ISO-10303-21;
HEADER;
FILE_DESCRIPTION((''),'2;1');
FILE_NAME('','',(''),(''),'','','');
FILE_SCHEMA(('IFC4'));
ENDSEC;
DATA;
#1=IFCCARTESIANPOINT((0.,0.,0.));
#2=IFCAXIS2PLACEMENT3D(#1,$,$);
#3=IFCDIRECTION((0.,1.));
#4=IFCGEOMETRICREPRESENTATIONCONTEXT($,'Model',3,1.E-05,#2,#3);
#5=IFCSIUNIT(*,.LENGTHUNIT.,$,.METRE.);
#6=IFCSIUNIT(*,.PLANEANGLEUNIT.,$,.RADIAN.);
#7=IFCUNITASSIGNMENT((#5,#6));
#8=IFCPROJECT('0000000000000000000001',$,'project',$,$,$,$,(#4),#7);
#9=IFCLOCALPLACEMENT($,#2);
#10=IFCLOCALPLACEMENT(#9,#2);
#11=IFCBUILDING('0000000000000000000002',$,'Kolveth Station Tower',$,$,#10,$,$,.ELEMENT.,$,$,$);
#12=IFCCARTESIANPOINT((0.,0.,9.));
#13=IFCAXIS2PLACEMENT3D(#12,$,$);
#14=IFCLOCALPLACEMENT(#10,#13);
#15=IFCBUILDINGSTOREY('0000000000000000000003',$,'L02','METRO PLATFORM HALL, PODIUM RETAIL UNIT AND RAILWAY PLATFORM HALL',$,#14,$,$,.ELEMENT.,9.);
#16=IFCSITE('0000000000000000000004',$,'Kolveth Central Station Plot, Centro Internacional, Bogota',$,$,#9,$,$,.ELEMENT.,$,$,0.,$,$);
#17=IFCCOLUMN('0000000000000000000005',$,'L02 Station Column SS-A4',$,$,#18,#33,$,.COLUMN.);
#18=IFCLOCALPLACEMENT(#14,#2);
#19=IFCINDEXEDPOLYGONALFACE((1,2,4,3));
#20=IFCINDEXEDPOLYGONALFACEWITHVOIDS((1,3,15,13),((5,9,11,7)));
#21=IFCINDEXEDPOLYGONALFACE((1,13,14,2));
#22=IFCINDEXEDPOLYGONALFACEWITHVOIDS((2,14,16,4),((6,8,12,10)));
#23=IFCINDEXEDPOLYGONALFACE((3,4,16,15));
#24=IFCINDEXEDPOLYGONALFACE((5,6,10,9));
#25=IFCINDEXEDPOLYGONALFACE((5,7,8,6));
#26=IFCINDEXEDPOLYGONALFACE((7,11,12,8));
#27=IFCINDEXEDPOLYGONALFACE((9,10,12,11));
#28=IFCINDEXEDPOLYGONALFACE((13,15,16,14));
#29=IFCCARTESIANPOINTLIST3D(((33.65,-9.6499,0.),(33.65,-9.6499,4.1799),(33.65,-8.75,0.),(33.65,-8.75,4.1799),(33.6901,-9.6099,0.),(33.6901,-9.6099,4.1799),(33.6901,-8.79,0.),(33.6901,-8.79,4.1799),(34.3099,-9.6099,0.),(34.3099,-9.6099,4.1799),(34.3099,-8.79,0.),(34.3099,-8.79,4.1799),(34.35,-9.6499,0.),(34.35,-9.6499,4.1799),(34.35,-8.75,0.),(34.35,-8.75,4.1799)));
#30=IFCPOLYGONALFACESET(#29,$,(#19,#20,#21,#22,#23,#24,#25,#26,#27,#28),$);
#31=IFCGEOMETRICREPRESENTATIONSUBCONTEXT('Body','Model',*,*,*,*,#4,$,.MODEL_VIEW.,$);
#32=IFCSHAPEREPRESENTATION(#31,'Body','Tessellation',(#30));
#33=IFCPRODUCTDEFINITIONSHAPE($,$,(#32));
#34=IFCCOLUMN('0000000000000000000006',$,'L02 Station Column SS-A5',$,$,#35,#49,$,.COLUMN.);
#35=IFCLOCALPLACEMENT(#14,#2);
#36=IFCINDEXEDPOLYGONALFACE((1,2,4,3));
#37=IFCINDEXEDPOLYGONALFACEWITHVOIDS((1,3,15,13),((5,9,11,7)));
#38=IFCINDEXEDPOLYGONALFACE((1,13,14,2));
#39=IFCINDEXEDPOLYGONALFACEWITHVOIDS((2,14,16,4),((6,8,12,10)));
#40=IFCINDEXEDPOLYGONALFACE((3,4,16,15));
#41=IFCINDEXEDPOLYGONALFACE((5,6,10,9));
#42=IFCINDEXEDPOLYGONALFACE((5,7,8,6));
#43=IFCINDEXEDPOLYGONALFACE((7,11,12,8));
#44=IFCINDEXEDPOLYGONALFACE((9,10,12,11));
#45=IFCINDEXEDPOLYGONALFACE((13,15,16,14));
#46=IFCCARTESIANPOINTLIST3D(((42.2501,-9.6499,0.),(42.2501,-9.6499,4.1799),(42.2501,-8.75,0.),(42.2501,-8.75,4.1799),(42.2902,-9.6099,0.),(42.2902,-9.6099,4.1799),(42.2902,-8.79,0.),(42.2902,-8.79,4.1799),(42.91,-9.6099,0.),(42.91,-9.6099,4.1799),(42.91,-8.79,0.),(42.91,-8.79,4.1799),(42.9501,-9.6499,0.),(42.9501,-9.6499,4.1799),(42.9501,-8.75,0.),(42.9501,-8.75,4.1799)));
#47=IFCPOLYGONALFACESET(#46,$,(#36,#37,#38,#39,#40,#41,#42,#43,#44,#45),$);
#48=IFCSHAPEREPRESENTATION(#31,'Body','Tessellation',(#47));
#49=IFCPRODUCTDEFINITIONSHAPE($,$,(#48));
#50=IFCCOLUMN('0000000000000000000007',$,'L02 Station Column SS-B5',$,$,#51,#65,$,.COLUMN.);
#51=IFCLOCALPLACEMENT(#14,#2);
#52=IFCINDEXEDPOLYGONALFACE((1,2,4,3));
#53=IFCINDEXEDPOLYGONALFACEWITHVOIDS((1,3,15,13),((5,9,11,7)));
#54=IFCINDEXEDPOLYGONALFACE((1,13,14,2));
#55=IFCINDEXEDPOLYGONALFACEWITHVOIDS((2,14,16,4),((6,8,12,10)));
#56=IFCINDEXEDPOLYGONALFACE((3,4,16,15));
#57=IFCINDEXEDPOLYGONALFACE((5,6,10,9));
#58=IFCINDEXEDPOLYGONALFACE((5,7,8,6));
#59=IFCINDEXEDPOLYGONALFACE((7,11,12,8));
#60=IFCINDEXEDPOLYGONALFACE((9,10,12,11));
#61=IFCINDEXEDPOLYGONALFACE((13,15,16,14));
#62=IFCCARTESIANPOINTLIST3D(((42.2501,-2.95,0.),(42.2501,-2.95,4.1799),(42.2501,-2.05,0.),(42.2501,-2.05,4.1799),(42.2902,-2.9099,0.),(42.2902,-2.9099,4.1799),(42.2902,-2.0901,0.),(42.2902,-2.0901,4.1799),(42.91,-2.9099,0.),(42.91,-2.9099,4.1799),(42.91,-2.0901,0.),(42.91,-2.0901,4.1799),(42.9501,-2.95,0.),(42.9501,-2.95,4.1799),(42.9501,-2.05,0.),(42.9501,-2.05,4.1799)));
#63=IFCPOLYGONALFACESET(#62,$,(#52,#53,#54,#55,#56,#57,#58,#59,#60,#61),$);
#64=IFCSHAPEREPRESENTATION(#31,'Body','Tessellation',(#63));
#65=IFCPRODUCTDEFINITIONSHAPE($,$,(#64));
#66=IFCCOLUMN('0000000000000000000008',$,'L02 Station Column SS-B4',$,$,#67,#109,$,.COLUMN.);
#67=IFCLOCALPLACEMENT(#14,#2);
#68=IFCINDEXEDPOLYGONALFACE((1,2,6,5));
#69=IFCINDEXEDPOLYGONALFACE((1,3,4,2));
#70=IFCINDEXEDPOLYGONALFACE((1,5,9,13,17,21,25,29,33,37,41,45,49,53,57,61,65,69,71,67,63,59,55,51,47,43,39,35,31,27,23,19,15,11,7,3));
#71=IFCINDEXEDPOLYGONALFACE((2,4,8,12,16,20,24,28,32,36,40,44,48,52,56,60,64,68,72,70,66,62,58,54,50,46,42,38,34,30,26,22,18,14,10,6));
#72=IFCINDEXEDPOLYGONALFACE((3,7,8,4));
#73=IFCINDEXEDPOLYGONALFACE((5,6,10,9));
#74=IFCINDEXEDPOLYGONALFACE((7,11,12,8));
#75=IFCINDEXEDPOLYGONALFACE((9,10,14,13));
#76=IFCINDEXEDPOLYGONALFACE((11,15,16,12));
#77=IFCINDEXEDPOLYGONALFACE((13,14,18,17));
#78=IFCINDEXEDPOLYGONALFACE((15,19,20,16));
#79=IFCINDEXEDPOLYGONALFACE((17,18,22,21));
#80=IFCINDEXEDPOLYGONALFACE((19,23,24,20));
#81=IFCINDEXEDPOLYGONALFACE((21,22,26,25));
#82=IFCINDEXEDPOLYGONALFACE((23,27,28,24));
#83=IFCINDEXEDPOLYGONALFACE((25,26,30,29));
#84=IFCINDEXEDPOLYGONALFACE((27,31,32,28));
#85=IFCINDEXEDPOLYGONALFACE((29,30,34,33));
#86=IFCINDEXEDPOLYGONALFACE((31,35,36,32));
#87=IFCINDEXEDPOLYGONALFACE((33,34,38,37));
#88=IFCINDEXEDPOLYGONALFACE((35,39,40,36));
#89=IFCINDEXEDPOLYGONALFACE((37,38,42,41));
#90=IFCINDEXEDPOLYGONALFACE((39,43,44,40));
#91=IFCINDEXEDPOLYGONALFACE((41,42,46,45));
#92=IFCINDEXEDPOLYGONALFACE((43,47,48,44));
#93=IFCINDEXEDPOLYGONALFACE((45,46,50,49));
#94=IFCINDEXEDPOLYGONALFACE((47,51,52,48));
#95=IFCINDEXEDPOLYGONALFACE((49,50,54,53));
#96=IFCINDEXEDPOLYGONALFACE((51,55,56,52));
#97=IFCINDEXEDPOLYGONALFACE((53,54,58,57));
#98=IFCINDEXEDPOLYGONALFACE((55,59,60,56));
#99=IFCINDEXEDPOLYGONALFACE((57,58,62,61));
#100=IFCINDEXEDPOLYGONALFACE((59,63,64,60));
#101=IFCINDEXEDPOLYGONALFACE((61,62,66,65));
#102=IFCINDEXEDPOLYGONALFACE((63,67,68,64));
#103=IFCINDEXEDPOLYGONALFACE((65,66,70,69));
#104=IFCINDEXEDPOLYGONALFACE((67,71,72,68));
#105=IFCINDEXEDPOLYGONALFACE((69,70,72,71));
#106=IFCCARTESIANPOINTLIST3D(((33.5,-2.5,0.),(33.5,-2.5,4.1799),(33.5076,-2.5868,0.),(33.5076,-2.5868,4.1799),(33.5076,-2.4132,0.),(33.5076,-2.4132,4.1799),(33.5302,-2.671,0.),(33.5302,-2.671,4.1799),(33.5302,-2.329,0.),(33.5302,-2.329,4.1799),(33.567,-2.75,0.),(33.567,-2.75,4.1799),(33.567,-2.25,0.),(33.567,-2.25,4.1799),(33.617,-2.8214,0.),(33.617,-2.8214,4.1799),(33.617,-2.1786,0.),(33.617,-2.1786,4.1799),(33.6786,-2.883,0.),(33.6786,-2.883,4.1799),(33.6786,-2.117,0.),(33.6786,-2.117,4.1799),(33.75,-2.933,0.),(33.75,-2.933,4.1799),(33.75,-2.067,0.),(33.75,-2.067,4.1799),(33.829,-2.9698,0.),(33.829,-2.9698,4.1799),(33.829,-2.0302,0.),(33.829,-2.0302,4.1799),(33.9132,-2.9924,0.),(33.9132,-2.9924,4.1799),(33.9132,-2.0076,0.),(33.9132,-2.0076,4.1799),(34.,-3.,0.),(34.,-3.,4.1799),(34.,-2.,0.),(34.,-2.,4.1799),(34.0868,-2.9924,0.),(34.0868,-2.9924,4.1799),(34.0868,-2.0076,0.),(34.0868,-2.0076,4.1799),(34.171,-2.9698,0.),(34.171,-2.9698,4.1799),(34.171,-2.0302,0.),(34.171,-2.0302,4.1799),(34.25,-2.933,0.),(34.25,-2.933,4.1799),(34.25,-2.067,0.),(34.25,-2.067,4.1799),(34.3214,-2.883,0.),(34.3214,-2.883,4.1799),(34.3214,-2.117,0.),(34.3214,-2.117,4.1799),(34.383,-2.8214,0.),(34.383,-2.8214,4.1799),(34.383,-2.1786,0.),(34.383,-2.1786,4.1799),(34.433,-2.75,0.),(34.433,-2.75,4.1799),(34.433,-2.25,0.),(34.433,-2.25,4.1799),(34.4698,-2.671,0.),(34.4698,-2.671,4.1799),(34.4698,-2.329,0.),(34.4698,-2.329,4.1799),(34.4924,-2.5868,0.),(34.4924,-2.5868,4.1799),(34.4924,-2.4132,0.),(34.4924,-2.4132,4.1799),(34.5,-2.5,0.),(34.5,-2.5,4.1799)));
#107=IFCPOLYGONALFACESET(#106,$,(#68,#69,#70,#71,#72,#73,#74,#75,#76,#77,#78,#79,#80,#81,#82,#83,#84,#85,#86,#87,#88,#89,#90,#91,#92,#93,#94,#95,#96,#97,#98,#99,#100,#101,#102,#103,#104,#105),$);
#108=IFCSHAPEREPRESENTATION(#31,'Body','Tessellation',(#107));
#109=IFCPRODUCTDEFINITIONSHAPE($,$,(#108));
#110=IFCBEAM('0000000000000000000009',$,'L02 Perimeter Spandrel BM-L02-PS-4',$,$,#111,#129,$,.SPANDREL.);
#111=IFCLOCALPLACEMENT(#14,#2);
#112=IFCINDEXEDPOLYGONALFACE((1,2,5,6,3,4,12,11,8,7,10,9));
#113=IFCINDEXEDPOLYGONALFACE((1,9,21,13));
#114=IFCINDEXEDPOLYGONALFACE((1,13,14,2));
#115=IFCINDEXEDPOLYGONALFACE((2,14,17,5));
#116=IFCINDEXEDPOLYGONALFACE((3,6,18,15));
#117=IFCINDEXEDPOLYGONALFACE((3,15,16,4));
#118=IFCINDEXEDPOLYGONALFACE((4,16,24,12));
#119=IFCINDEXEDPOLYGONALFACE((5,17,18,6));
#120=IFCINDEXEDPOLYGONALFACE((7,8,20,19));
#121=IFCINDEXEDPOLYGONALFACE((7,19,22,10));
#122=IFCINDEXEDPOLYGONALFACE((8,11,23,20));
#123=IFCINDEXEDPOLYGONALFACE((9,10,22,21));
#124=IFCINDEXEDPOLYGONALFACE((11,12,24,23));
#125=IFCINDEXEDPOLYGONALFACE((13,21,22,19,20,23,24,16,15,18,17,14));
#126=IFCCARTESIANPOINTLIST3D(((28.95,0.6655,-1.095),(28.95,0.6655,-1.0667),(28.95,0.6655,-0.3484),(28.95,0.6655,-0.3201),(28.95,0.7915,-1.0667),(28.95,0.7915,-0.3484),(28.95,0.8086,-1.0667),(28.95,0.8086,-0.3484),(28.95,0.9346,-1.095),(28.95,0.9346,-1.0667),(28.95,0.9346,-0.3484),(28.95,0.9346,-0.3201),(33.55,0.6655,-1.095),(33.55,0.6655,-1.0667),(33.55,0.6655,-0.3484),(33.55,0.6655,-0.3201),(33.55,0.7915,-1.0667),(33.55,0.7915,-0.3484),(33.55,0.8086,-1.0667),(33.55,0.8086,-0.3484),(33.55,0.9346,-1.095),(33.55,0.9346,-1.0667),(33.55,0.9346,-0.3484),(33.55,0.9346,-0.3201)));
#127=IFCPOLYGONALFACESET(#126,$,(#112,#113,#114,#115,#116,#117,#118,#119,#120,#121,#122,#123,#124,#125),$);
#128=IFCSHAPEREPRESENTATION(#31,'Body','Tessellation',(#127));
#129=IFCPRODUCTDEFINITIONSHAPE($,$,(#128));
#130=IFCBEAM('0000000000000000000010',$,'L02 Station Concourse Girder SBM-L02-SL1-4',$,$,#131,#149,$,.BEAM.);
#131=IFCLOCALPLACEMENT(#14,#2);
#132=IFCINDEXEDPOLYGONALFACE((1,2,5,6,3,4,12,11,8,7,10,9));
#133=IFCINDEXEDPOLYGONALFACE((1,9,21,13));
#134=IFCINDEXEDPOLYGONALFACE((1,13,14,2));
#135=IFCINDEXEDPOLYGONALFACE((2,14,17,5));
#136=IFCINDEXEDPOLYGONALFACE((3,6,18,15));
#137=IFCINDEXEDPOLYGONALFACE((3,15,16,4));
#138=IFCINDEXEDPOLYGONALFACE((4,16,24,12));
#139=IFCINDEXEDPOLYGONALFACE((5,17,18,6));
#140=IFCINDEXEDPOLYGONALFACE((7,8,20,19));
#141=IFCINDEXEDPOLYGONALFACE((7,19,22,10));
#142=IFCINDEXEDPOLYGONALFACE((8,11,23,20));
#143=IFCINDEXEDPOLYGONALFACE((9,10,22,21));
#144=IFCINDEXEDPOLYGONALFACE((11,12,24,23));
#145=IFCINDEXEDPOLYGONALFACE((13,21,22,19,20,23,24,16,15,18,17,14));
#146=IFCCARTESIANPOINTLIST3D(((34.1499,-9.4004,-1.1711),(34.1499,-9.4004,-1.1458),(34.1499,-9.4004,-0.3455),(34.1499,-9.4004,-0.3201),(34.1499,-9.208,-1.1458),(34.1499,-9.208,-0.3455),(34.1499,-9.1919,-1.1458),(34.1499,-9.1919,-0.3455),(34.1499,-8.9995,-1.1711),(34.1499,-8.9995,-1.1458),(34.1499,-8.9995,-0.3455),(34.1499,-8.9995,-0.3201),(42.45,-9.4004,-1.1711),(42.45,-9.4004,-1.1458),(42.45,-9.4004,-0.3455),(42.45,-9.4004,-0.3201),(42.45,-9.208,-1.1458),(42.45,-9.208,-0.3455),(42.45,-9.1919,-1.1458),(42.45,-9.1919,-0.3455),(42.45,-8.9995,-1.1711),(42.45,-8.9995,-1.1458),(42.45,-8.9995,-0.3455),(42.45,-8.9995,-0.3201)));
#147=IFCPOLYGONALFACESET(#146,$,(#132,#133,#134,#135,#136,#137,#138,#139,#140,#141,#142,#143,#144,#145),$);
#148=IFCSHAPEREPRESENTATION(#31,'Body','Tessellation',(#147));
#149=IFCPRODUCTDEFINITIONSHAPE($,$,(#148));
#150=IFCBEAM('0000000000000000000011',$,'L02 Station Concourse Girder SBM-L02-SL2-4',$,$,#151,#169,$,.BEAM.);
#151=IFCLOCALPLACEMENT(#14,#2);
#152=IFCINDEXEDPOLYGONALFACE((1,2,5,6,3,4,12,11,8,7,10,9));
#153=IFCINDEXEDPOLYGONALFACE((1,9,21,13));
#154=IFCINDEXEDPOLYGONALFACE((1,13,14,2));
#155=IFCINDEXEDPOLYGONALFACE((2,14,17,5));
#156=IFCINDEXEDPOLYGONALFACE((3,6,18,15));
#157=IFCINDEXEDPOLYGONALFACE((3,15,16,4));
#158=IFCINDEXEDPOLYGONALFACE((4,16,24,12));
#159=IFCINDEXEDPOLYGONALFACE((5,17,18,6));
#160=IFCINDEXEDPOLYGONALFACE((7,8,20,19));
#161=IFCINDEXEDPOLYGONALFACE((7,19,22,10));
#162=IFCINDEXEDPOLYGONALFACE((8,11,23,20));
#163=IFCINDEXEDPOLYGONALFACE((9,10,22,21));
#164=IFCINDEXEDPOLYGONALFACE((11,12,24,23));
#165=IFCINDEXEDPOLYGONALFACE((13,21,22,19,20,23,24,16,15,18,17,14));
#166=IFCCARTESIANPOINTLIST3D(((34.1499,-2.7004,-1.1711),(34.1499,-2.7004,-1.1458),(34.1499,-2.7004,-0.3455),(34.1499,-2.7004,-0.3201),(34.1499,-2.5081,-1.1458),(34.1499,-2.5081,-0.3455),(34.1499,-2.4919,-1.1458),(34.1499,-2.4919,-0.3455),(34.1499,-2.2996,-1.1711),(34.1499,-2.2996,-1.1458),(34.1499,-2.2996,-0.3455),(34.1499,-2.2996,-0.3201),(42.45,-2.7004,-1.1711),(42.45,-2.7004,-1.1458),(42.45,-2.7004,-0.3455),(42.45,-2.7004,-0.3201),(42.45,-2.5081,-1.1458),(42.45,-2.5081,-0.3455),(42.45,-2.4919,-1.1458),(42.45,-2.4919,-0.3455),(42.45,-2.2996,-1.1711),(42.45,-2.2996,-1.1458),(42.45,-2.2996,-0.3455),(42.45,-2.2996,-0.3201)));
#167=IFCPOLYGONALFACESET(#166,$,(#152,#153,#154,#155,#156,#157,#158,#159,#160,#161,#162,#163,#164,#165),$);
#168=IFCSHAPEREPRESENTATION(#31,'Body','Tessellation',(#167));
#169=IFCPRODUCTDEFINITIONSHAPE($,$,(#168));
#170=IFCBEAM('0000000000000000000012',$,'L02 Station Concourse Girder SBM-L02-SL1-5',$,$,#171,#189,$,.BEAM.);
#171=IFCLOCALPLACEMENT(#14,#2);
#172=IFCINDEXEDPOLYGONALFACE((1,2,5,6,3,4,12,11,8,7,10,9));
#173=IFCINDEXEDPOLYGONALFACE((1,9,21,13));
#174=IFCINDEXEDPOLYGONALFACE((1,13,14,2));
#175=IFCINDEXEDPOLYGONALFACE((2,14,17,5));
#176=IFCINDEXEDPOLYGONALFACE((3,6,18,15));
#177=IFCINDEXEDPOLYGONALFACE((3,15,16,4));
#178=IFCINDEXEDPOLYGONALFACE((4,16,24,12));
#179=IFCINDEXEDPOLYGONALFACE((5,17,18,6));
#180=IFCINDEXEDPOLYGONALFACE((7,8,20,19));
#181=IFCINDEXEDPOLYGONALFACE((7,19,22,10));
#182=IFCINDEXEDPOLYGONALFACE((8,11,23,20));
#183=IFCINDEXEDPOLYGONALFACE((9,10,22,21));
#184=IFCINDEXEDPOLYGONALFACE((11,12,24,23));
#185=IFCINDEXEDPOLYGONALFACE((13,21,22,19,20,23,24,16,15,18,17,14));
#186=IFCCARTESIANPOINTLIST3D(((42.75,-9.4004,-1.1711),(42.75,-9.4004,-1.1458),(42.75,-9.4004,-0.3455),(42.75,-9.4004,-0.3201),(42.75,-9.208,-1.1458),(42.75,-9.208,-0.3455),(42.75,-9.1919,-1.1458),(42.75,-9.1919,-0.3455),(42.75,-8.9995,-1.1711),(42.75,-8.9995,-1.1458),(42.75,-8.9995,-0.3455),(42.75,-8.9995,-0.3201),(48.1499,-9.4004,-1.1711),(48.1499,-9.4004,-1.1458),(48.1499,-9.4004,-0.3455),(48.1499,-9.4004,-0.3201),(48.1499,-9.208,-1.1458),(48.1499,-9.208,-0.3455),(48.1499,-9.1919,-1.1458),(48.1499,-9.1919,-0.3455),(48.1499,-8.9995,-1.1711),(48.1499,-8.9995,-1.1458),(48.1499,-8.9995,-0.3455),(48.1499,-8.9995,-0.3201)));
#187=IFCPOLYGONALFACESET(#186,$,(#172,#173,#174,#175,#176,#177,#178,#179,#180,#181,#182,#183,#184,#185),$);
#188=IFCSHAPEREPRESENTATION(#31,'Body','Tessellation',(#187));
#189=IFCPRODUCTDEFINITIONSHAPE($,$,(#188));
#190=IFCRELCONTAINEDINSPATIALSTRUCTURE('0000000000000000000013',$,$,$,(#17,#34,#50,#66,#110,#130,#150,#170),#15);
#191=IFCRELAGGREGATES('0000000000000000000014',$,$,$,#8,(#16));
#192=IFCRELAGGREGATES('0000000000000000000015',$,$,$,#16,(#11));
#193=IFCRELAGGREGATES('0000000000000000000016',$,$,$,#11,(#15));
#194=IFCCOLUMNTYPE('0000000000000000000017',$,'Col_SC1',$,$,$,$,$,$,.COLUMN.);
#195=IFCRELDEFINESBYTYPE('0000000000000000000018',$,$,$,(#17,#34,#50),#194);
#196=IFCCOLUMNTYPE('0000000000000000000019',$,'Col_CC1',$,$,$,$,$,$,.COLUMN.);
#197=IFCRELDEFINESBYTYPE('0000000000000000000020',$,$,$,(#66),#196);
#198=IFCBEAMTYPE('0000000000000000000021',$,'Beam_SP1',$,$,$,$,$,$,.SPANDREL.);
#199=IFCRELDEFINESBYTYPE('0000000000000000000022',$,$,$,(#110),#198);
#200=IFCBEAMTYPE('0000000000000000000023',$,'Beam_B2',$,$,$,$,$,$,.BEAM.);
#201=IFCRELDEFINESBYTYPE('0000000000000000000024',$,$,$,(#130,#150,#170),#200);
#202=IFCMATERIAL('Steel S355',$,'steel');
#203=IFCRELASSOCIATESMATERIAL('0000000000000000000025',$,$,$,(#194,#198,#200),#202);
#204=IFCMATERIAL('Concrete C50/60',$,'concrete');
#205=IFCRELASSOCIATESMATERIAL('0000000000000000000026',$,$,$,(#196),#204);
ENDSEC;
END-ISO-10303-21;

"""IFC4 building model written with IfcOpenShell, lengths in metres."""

from ifc_helpers import new_model, si_unit, direction, frame, origin, origin_2d, place, context, subcontext, project, spatial, hollow_rectangle, circle, i_section, extrude, source, transform, mapped, material, material_profile, profile_set, type_object, element, save


model = new_model("IFC4")

# Units and contexts
model_context = context("Model", 3, precision=1e-05, world=origin(), true_north=direction((0.0, 1.0)))
body_context = subcontext(model_context, "Body", "Model", "MODEL_VIEW")
ifc_project = project(units=[si_unit("LENGTHUNIT", "METRE"), si_unit("PLANEANGLEUNIT", "RADIAN")], contexts=[model_context])

# Site, building, storey
site_placement = place(None, origin())
site = spatial("IfcSite", under=ifc_project, at=site_placement, Name="Kolveth Central Station Plot, Centro Internacional, Bogota", CompositionType="ELEMENT", RefElevation=0.0)
building_placement = place(site_placement, origin())
building = spatial("IfcBuilding", under=site, at=building_placement, Name="Kolveth Station Tower", CompositionType="ELEMENT")
storey_placement = place(building_placement, frame((0.0, 0.0, 9.0)))
storey = spatial("IfcBuildingStorey", under=building, at=storey_placement, Name="L02", Description="METRO PLATFORM HALL, PODIUM RETAIL UNIT AND RAILWAY PLATFORM HALL", CompositionType="ELEMENT", Elevation=9.0)

# Columns
ifc_material_1 = material(Name="Steel S355", Category="steel")
ifc_material_profile_1 = material_profile(ifc_material_1, hollow_rectangle(XDim=0.7, YDim=0.8999, WallThickness=0.04, at=origin_2d()), Name="BOX900x700x40")
ifc_profile_set_1 = profile_set([ifc_material_profile_1], Name="Steel S355")
column_type_1 = type_object("IfcColumnType", Name="Col_SC1", PredefinedType="COLUMN", material=ifc_profile_set_1)
shared_shape_1 = source(origin(), body_context, "Body", "SweptSolid", [
    extrude(hollow_rectangle(XDim=0.7, YDim=0.8999, WallThickness=0.04, at=origin_2d()), origin(), (0.0, 0.0, 1.0), 4.1799),
])
for number, where, z_axis, x_axis, name in (
    (1, (34.0, -9.2, 0.0), (0.0, 0.0, 1.0), (1.0, 0.0, 0.0), "L02 Station Column SS-A4"),
    (2, (42.6001, -9.2, 0.0), (0.0, 0.0, 1.0), (1.0, 0.0, 0.0), "L02 Station Column SS-A5"),
    (3, (42.6001, -2.5, 0.0), (0.0, 0.0, 1.0), (1.0, 0.0, 0.0), "L02 Station Column SS-B5"),
):
    element("IfcColumn", number, at=place(storey_placement, frame(where, z_axis=z_axis, x_axis=x_axis)), inside=storey, type_object=column_type_1, Name=name, PredefinedType="COLUMN", context=body_context, shape_type="MappedRepresentation", body=[
        mapped(shared_shape_1, transform((0.0, 0.0, 0.0), x_axis=(1.0, 0.0, 0.0), y_axis=(0.0, 1.0, 0.0), z_axis=(0.0, 0.0, 1.0), scale=1.0)),
    ])
ifc_material_2 = material(Name="Concrete C50/60", Category="concrete")
ifc_material_profile_2 = material_profile(ifc_material_2, circle(Radius=0.5, at=origin_2d()), Name="RC-D1000")
ifc_profile_set_2 = profile_set([ifc_material_profile_2], Name="Concrete C50/60")
column_type_2 = type_object("IfcColumnType", Name="Col_CC1", PredefinedType="COLUMN", material=ifc_profile_set_2)
shared_shape_2 = source(origin(), body_context, "Body", "SweptSolid", [
    extrude(circle(Radius=0.5, at=origin_2d()), origin(), (0.0, 0.0, 1.0), 4.1799),
])
column_placement = place(storey_placement, frame((34.0, -2.5, 0.0), z_axis=(0.0, 0.0, 1.0), x_axis=(1.0, 0.0, 0.0)))
element("IfcColumn", 4, at=column_placement, inside=storey, type_object=column_type_2, Name="L02 Station Column SS-B4", PredefinedType="COLUMN", context=body_context, shape_type="MappedRepresentation", body=[
    mapped(shared_shape_2, transform((0.0, 0.0, 0.0), x_axis=(1.0, 0.0, 0.0), y_axis=(0.0, 1.0, 0.0), z_axis=(0.0, 0.0, 1.0), scale=1.0)),
])

# Beams
ifc_material_profile_3 = material_profile(ifc_material_1, i_section(OverallWidth=0.269, OverallDepth=0.7749, WebThickness=0.0171, FlangeThickness=0.0283, at=origin_2d()), Name="W760x220")
ifc_profile_set_3 = profile_set([ifc_material_profile_3], Name="Steel S355")
beam_type_1 = type_object("IfcBeamType", Name="Beam_SP1", PredefinedType="SPANDREL", material=ifc_profile_set_3)
shared_shape_3 = source(origin(), body_context, "Body", "SweptSolid", [
    extrude(i_section(OverallWidth=0.269, OverallDepth=0.7749, WebThickness=0.0171, FlangeThickness=0.0283, at=origin_2d()), origin(), (0.0, 0.0, 1.0), 4.6001),
])
beam_placement = place(storey_placement, frame((28.95, 0.8, -0.7075), z_axis=(1.0, 0.0, 0.0), x_axis=(0.0, 1.0, 0.0)))
element("IfcBeam", 5, at=beam_placement, inside=storey, type_object=beam_type_1, Name="L02 Perimeter Spandrel BM-L02-PS-4", PredefinedType="SPANDREL", context=body_context, shape_type="MappedRepresentation", body=[
    mapped(shared_shape_3, transform((0.0, 0.0, 0.0), x_axis=(1.0, 0.0, 0.0), y_axis=(0.0, 1.0, 0.0), z_axis=(0.0, 0.0, 1.0), scale=1.0)),
])
ifc_material_profile_4 = material_profile(ifc_material_1, i_section(OverallWidth=0.4009, OverallDepth=0.8511, WebThickness=0.0161, FlangeThickness=0.0254, at=origin_2d()), Name="W840x226")
ifc_profile_set_4 = profile_set([ifc_material_profile_4], Name="Steel S355")
beam_type_2 = type_object("IfcBeamType", Name="Beam_B2", PredefinedType="BEAM", material=ifc_profile_set_4)
shared_shape_4 = source(origin(), body_context, "Body", "SweptSolid", [
    extrude(i_section(OverallWidth=0.4009, OverallDepth=0.8511, WebThickness=0.0161, FlangeThickness=0.0254, at=origin_2d()), origin(), (0.0, 0.0, 1.0), 8.3),
])
for number, where, z_axis, x_axis, name in (
    (6, (34.1499, -9.2, -0.7456), (1.0, 0.0, 0.0), (0.0, 1.0, 0.0), "L02 Station Concourse Girder SBM-L02-SL1-4"),
    (7, (34.1499, -2.5, -0.7456), (1.0, 0.0, 0.0), (0.0, 1.0, 0.0), "L02 Station Concourse Girder SBM-L02-SL2-4"),
):
    element("IfcBeam", number, at=place(storey_placement, frame(where, z_axis=z_axis, x_axis=x_axis)), inside=storey, type_object=beam_type_2, Name=name, PredefinedType="BEAM", context=body_context, shape_type="MappedRepresentation", body=[
        mapped(shared_shape_4, transform((0.0, 0.0, 0.0), x_axis=(1.0, 0.0, 0.0), y_axis=(0.0, 1.0, 0.0), z_axis=(0.0, 0.0, 1.0), scale=1.0)),
    ])
shared_shape_5 = source(origin(), body_context, "Body", "SweptSolid", [
    extrude(i_section(OverallWidth=0.4009, OverallDepth=0.8511, WebThickness=0.0161, FlangeThickness=0.0254, at=origin_2d()), origin(), (0.0, 0.0, 1.0), 5.3999),
])
for number, where, z_axis, x_axis, name in (
    (8, (42.75, -9.2, -0.7456), (1.0, 0.0, 0.0), (0.0, 1.0, 0.0), "L02 Station Concourse Girder SBM-L02-SL1-5"),
):
    element("IfcBeam", number, at=place(storey_placement, frame(where, z_axis=z_axis, x_axis=x_axis)), inside=storey, type_object=beam_type_2, Name=name, PredefinedType="BEAM", context=body_context, shape_type="MappedRepresentation", body=[
        mapped(shared_shape_5, transform((0.0, 0.0, 0.0), x_axis=(1.0, 0.0, 0.0), y_axis=(0.0, 1.0, 0.0), z_axis=(0.0, 0.0, 1.0), scale=1.0)),
    ])

save(model, "model.ifc")
